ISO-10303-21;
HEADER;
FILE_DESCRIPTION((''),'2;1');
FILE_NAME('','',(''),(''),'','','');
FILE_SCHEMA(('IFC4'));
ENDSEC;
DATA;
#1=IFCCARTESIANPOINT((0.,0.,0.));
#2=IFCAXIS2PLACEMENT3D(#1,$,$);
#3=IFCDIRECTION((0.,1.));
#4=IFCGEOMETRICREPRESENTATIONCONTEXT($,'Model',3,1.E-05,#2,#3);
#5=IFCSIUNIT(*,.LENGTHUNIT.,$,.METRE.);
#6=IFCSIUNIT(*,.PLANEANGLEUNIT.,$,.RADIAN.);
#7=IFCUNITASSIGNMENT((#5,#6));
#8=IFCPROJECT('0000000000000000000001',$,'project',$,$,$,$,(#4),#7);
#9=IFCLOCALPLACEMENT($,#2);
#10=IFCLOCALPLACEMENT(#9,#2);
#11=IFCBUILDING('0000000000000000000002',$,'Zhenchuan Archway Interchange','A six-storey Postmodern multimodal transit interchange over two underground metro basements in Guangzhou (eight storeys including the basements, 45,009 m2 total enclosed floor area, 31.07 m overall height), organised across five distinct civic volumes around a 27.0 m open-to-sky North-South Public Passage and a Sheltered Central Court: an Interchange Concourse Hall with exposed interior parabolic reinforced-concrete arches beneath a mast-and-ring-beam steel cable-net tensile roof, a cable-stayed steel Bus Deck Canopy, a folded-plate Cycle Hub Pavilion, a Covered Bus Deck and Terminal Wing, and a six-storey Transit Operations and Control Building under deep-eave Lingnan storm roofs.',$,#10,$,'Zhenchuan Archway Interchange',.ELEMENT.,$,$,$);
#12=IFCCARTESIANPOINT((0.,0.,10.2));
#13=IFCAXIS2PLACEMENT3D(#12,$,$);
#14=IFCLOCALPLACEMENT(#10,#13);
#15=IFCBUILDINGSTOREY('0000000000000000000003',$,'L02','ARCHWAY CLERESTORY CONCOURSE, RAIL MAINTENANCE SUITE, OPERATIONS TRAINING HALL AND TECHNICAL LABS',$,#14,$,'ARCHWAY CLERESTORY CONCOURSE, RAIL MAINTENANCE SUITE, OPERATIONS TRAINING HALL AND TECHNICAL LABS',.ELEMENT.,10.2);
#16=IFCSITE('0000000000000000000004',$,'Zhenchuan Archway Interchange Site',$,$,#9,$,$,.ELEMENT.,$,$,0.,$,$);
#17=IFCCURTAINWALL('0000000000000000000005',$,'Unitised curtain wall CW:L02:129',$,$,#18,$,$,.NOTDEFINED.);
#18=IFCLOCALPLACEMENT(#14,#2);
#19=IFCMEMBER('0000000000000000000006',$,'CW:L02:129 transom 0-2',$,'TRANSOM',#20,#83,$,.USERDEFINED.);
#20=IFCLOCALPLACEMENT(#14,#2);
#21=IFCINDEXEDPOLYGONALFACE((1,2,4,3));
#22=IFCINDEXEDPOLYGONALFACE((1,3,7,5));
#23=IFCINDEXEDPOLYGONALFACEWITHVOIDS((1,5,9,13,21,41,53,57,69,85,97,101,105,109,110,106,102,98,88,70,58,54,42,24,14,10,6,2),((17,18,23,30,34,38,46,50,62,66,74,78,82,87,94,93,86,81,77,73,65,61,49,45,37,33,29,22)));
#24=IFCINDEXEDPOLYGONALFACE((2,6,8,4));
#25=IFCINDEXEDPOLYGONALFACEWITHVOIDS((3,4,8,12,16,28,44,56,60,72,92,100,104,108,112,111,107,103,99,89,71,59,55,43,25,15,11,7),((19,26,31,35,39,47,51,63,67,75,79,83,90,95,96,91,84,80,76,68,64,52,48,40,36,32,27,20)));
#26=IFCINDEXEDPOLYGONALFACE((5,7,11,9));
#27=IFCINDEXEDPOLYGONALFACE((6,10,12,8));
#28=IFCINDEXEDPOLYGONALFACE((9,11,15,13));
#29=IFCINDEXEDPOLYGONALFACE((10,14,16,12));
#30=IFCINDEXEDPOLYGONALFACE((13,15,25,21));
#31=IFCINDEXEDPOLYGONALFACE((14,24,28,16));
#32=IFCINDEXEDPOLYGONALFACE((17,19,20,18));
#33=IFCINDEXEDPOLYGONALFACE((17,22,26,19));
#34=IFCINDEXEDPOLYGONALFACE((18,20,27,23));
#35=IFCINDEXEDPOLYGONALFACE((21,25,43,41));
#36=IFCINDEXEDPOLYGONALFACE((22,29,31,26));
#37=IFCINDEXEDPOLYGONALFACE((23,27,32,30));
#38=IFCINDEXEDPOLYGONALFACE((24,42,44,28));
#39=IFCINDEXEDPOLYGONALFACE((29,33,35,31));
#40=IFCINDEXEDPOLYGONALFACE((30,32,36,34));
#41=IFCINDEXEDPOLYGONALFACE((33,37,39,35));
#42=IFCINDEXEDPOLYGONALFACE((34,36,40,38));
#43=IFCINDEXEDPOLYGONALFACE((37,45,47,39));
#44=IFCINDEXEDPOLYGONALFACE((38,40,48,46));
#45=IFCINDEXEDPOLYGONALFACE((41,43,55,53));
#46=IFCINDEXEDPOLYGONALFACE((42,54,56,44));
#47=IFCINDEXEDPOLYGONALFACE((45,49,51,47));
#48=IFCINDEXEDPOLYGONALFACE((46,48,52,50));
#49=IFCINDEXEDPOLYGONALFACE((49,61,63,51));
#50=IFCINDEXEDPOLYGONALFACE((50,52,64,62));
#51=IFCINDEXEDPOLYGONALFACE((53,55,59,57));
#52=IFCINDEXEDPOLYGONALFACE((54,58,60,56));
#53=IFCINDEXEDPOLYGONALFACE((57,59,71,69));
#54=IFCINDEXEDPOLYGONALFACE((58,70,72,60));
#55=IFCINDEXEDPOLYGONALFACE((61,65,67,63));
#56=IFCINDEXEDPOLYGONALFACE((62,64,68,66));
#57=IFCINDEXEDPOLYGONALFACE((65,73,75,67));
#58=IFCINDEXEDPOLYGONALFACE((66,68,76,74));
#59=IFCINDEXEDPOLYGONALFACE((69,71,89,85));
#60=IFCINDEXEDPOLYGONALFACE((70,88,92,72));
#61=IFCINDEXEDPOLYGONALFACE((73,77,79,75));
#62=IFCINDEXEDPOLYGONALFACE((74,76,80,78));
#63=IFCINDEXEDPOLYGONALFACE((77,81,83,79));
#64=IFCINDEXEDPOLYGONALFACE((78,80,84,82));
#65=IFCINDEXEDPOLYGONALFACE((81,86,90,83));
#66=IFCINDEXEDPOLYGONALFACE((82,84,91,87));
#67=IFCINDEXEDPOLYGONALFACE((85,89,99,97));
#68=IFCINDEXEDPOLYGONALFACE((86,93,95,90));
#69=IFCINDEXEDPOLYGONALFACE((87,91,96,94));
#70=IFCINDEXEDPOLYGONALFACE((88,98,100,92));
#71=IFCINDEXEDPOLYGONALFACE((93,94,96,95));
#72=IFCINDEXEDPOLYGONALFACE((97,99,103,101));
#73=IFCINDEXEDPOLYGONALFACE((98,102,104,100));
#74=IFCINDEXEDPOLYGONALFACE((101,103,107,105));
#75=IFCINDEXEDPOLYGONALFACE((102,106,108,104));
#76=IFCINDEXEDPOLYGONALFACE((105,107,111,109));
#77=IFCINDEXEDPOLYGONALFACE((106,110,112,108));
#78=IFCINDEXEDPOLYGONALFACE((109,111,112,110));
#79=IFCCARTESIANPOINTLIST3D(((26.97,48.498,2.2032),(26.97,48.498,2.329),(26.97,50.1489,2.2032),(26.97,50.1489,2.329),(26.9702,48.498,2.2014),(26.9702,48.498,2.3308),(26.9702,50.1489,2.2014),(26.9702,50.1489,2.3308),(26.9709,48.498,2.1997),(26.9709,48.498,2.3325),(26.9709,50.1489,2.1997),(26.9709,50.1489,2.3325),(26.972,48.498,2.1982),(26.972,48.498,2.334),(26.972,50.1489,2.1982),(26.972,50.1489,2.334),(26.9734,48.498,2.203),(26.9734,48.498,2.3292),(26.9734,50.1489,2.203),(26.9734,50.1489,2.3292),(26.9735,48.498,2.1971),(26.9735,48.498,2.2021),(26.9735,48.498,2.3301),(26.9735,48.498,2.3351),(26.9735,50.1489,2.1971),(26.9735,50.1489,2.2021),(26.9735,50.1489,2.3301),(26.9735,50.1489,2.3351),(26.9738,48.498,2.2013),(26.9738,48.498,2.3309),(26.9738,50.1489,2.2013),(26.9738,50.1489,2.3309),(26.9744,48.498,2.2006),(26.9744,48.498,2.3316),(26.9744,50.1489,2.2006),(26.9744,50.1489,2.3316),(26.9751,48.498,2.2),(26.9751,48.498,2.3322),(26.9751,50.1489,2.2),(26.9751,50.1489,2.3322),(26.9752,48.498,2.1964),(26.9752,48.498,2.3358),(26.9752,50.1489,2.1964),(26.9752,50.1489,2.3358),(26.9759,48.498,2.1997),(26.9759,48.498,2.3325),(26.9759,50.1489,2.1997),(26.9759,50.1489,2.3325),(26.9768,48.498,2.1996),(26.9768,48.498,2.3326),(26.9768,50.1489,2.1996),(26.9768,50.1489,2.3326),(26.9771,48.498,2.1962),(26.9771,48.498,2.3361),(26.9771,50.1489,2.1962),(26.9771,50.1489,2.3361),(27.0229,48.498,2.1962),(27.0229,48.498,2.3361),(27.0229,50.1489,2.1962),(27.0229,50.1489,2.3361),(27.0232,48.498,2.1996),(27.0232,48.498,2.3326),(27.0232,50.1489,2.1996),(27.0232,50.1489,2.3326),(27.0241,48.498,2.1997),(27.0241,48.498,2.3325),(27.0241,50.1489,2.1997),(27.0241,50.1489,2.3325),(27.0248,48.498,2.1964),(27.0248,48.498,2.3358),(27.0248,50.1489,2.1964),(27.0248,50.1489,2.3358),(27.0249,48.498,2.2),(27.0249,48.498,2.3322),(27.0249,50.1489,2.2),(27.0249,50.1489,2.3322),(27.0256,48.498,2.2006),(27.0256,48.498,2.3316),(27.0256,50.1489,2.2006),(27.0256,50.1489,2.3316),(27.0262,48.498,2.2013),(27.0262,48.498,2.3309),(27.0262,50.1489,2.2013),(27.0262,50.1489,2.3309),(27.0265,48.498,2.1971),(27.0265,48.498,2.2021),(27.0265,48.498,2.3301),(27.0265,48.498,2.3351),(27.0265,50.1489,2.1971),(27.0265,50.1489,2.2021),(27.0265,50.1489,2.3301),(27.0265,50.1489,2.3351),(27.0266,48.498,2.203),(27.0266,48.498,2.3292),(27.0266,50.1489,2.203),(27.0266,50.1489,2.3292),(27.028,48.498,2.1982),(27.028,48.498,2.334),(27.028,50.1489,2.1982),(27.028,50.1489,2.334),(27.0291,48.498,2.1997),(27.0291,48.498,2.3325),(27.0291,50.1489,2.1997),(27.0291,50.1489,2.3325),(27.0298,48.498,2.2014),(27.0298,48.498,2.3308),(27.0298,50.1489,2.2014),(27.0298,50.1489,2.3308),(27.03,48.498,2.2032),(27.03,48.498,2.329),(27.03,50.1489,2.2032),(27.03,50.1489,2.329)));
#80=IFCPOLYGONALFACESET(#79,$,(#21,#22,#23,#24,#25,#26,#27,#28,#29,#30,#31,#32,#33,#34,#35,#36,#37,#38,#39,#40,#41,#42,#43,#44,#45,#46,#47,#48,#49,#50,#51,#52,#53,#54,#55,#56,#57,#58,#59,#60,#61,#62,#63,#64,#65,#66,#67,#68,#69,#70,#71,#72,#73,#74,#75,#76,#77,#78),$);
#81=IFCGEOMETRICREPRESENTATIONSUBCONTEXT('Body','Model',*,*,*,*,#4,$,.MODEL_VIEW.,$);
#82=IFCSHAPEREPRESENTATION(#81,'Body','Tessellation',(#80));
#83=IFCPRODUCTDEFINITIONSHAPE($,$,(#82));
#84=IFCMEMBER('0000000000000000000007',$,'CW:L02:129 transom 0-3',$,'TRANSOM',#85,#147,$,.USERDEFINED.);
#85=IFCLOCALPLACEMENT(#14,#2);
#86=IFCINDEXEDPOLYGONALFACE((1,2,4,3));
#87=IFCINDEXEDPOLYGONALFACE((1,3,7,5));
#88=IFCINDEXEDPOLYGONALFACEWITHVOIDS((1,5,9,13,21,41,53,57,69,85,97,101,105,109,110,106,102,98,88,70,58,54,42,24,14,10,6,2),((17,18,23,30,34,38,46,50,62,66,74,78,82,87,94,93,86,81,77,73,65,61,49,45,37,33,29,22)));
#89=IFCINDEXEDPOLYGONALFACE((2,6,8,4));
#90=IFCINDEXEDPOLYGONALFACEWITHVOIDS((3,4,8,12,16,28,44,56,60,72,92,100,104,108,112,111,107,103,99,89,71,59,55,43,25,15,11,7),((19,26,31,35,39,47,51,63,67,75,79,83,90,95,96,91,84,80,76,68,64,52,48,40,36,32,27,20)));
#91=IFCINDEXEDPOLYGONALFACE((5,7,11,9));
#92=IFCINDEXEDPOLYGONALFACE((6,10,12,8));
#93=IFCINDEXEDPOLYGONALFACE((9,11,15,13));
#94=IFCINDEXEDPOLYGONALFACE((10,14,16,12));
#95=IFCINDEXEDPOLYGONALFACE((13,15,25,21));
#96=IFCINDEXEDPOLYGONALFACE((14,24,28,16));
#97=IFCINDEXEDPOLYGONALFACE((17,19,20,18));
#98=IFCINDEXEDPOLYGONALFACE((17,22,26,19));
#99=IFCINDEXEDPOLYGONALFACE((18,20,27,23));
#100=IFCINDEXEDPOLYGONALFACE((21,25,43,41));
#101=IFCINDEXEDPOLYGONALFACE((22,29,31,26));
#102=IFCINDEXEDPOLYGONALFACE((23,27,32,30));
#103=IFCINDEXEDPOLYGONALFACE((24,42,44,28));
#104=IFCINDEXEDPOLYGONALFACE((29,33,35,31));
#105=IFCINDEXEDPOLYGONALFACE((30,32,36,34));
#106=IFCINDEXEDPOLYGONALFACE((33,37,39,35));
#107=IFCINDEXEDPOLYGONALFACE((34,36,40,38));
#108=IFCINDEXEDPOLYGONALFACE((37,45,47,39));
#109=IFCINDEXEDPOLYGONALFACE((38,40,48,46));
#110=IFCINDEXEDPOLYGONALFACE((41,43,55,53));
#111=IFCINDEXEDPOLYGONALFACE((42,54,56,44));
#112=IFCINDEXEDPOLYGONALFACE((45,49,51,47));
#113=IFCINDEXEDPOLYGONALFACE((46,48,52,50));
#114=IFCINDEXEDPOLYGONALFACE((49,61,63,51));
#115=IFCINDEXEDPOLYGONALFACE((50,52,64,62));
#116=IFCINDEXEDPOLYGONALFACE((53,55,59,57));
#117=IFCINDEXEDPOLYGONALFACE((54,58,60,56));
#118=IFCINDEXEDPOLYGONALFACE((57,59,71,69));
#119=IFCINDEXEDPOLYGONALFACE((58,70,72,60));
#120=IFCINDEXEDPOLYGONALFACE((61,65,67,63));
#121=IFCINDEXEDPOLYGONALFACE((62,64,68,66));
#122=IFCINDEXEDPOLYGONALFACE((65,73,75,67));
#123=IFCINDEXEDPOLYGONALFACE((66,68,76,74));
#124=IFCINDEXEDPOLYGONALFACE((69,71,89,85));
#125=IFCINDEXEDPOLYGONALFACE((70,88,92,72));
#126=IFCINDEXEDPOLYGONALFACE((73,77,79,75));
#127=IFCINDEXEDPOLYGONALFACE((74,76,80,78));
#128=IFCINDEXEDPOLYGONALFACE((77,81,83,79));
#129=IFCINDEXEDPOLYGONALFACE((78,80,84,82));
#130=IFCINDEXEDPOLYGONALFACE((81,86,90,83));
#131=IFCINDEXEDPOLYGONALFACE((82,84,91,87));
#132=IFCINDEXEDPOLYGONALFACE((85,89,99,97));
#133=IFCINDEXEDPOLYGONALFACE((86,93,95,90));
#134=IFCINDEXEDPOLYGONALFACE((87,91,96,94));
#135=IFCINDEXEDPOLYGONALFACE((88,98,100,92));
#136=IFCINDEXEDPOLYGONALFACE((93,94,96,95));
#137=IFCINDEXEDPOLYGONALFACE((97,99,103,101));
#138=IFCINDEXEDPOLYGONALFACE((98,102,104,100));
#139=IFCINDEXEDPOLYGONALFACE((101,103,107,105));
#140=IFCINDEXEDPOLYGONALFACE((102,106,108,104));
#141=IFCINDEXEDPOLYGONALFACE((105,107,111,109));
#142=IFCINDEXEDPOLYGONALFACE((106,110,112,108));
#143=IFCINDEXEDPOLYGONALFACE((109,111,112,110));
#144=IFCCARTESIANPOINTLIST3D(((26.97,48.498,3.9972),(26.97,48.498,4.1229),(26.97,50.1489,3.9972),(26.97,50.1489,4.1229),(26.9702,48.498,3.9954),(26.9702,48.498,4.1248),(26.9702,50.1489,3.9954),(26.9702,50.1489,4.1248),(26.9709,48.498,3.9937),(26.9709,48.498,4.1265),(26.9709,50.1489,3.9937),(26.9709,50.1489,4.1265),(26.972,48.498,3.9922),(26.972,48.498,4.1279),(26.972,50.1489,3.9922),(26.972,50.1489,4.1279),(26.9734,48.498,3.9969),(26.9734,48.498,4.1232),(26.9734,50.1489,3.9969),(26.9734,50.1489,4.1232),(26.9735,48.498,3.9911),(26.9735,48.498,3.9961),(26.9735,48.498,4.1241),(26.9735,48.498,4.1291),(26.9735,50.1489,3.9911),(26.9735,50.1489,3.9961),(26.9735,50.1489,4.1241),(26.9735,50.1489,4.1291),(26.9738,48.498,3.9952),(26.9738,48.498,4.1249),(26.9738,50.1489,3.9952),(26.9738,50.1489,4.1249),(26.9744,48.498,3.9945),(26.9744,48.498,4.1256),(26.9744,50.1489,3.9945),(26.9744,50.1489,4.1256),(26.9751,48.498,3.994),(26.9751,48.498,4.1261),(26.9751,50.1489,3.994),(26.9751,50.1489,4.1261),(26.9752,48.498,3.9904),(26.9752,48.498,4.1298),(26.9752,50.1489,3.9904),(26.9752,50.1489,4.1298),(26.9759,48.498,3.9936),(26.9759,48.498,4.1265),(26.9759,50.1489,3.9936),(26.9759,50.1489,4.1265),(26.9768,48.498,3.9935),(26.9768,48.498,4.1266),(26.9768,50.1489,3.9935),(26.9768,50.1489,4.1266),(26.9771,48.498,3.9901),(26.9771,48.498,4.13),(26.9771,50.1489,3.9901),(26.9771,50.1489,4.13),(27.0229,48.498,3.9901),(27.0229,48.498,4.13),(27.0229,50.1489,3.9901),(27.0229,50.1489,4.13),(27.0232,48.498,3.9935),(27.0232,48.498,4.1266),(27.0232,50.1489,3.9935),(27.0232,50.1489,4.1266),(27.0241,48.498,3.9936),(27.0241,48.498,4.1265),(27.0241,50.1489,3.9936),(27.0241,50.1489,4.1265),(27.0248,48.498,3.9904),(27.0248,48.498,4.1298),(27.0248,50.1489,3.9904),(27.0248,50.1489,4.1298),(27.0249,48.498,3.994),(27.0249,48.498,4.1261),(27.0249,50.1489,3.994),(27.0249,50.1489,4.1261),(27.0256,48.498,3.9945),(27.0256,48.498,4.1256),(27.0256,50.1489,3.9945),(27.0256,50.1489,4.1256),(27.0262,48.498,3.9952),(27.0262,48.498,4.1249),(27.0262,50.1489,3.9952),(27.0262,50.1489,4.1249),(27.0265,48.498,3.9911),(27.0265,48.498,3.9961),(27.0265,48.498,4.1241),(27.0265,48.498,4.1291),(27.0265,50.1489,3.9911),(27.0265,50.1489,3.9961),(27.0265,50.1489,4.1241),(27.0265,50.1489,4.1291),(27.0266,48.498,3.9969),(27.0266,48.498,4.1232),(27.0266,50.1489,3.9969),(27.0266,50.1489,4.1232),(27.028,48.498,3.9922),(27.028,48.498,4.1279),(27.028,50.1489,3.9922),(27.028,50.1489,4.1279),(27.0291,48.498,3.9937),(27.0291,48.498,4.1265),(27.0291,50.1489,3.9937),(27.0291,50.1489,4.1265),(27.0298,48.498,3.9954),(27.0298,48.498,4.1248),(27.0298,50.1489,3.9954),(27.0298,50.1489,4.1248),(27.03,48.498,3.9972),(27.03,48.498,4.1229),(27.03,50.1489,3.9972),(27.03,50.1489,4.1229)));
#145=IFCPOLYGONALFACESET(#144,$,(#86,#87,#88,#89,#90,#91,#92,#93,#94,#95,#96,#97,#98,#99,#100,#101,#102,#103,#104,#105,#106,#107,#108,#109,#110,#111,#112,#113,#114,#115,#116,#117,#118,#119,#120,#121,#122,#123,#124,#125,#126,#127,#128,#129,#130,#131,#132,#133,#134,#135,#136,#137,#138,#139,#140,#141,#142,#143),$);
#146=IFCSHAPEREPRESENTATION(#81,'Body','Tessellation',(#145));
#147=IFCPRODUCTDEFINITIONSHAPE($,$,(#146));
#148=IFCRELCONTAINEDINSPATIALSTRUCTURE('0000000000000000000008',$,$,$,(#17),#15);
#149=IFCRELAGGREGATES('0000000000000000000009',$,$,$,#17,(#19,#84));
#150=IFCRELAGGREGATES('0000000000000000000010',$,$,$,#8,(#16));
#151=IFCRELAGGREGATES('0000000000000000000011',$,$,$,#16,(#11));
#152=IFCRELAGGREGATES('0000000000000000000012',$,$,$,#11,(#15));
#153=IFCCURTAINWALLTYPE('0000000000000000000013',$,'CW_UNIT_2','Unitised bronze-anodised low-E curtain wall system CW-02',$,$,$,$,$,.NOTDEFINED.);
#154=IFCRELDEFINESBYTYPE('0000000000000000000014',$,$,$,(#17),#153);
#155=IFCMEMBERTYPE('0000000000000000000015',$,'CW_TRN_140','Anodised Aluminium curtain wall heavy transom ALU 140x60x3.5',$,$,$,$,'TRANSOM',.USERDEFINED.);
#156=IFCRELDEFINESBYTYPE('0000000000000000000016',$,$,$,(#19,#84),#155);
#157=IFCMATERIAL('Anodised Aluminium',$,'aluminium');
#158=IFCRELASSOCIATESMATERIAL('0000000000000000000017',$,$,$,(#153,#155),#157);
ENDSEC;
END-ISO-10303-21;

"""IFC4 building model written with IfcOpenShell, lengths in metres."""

from ifc_helpers import new_model, si_unit, direction, frame, origin, origin_2d, place, context, subcontext, project, spatial, hollow_rectangle, extrude, material, material_profile, profile_set, type_object, element, aggregate, save


model = new_model("IFC4")

# Units and contexts
model_context = context("Model", 3, precision=1e-05, world=origin(), true_north=direction((0.0, 1.0)))
body_context = subcontext(model_context, "Body", "Model", "MODEL_VIEW")
ifc_project = project(units=[si_unit("LENGTHUNIT", "METRE"), si_unit("PLANEANGLEUNIT", "RADIAN")], contexts=[model_context])

# Site, building, storey
site_placement = place(None, origin())
site = spatial("IfcSite", under=ifc_project, at=site_placement, Name="Zhenchuan Archway Interchange Site", CompositionType="ELEMENT", RefElevation=0.0)
building_placement = place(site_placement, origin())
building = spatial("IfcBuilding", under=site, at=building_placement, Name="Zhenchuan Archway Interchange", Description="A six-storey Postmodern multimodal transit interchange over two underground metro basements in Guangzhou (eight storeys including the basements, 45,009 m2 total enclosed floor area, 31.07 m overall height), organised across five distinct civic volumes around a 27.0 m open-to-sky North-South Public Passage and a Sheltered Central Court: an Interchange Concourse Hall with exposed interior parabolic reinforced-concrete arches beneath a mast-and-ring-beam steel cable-net tensile roof, a cable-stayed steel Bus Deck Canopy, a folded-plate Cycle Hub Pavilion, a Covered Bus Deck and Terminal Wing, and a six-storey Transit Operations and Control Building under deep-eave Lingnan storm roofs.", LongName="Zhenchuan Archway Interchange", CompositionType="ELEMENT")
storey_placement = place(building_placement, frame((0.0, 0.0, 10.2)))
storey = spatial("IfcBuildingStorey", under=building, at=storey_placement, Name="L02", Description="ARCHWAY CLERESTORY CONCOURSE, RAIL MAINTENANCE SUITE, OPERATIONS TRAINING HALL AND TECHNICAL LABS", LongName="ARCHWAY CLERESTORY CONCOURSE, RAIL MAINTENANCE SUITE, OPERATIONS TRAINING HALL AND TECHNICAL LABS", CompositionType="ELEMENT", Elevation=10.2)

# Shared definitions
ifc_material_1 = material(Name="Anodised Aluminium", Category="aluminium")

# Curtain wall
curtain_wall_type_1 = type_object("IfcCurtainWallType", Name="CW_UNIT_2", Description="Unitised bronze-anodised low-E curtain wall system CW-02", PredefinedType="NOTDEFINED", material=ifc_material_1)
curtain_wall_1_placement = place(storey_placement, origin())
curtain_wall_1 = element("IfcCurtainWall", 1, at=curtain_wall_1_placement, inside=storey, type_object=curtain_wall_type_1, Name="Unitised curtain wall CW:L02:129", PredefinedType="NOTDEFINED")

# Members
ifc_material_profile_1 = material_profile(ifc_material_1, hollow_rectangle(XDim=0.0601, YDim=0.1399, WallThickness=0.0034, InnerFilletRadius=0.0034, OuterFilletRadius=0.0071, at=origin_2d()), Name="ALU 140x60x3.5")
ifc_profile_set_1 = profile_set([ifc_material_profile_1], Name="Anodised Aluminium")
member_type_1 = type_object("IfcMemberType", Name="CW_TRN_140", Description="Anodised Aluminium curtain wall heavy transom ALU 140x60x3.5", ElementType="TRANSOM", PredefinedType="USERDEFINED", material=ifc_profile_set_1)
member_1_placement = place(storey_placement, frame((27.0, 48.498, 2.2661), z_axis=(0.0, 1.0, 0.0), x_axis=(-1.0, 0.0, 0.0)))
member_1 = element("IfcMember", 2, at=member_1_placement, type_object=member_type_1, Name="CW:L02:129 transom 0-2", ObjectType="TRANSOM", PredefinedType="USERDEFINED", context=body_context, shape_type="SweptSolid", body=[
    extrude(hollow_rectangle(XDim=0.0601, YDim=0.1399, WallThickness=0.0034, InnerFilletRadius=0.0034, OuterFilletRadius=0.0071, at=origin_2d()), origin(), (0.0, 0.0, 1.0), 1.6509),
])
member_2_placement = place(storey_placement, frame((27.0, 48.498, 4.0601), z_axis=(0.0, 1.0, 0.0), x_axis=(-1.0, 0.0, 0.0)))
member_2 = element("IfcMember", 3, at=member_2_placement, type_object=member_type_1, Name="CW:L02:129 transom 0-3", ObjectType="TRANSOM", PredefinedType="USERDEFINED", context=body_context, shape_type="SweptSolid", body=[
    extrude(hollow_rectangle(XDim=0.0601, YDim=0.1399, WallThickness=0.0034, InnerFilletRadius=0.0034, OuterFilletRadius=0.0071, at=origin_2d()), origin(), (0.0, 0.0, 1.0), 1.6509),
])

aggregate(curtain_wall_1, [member_1, member_2])

save(model, "model.ifc")
